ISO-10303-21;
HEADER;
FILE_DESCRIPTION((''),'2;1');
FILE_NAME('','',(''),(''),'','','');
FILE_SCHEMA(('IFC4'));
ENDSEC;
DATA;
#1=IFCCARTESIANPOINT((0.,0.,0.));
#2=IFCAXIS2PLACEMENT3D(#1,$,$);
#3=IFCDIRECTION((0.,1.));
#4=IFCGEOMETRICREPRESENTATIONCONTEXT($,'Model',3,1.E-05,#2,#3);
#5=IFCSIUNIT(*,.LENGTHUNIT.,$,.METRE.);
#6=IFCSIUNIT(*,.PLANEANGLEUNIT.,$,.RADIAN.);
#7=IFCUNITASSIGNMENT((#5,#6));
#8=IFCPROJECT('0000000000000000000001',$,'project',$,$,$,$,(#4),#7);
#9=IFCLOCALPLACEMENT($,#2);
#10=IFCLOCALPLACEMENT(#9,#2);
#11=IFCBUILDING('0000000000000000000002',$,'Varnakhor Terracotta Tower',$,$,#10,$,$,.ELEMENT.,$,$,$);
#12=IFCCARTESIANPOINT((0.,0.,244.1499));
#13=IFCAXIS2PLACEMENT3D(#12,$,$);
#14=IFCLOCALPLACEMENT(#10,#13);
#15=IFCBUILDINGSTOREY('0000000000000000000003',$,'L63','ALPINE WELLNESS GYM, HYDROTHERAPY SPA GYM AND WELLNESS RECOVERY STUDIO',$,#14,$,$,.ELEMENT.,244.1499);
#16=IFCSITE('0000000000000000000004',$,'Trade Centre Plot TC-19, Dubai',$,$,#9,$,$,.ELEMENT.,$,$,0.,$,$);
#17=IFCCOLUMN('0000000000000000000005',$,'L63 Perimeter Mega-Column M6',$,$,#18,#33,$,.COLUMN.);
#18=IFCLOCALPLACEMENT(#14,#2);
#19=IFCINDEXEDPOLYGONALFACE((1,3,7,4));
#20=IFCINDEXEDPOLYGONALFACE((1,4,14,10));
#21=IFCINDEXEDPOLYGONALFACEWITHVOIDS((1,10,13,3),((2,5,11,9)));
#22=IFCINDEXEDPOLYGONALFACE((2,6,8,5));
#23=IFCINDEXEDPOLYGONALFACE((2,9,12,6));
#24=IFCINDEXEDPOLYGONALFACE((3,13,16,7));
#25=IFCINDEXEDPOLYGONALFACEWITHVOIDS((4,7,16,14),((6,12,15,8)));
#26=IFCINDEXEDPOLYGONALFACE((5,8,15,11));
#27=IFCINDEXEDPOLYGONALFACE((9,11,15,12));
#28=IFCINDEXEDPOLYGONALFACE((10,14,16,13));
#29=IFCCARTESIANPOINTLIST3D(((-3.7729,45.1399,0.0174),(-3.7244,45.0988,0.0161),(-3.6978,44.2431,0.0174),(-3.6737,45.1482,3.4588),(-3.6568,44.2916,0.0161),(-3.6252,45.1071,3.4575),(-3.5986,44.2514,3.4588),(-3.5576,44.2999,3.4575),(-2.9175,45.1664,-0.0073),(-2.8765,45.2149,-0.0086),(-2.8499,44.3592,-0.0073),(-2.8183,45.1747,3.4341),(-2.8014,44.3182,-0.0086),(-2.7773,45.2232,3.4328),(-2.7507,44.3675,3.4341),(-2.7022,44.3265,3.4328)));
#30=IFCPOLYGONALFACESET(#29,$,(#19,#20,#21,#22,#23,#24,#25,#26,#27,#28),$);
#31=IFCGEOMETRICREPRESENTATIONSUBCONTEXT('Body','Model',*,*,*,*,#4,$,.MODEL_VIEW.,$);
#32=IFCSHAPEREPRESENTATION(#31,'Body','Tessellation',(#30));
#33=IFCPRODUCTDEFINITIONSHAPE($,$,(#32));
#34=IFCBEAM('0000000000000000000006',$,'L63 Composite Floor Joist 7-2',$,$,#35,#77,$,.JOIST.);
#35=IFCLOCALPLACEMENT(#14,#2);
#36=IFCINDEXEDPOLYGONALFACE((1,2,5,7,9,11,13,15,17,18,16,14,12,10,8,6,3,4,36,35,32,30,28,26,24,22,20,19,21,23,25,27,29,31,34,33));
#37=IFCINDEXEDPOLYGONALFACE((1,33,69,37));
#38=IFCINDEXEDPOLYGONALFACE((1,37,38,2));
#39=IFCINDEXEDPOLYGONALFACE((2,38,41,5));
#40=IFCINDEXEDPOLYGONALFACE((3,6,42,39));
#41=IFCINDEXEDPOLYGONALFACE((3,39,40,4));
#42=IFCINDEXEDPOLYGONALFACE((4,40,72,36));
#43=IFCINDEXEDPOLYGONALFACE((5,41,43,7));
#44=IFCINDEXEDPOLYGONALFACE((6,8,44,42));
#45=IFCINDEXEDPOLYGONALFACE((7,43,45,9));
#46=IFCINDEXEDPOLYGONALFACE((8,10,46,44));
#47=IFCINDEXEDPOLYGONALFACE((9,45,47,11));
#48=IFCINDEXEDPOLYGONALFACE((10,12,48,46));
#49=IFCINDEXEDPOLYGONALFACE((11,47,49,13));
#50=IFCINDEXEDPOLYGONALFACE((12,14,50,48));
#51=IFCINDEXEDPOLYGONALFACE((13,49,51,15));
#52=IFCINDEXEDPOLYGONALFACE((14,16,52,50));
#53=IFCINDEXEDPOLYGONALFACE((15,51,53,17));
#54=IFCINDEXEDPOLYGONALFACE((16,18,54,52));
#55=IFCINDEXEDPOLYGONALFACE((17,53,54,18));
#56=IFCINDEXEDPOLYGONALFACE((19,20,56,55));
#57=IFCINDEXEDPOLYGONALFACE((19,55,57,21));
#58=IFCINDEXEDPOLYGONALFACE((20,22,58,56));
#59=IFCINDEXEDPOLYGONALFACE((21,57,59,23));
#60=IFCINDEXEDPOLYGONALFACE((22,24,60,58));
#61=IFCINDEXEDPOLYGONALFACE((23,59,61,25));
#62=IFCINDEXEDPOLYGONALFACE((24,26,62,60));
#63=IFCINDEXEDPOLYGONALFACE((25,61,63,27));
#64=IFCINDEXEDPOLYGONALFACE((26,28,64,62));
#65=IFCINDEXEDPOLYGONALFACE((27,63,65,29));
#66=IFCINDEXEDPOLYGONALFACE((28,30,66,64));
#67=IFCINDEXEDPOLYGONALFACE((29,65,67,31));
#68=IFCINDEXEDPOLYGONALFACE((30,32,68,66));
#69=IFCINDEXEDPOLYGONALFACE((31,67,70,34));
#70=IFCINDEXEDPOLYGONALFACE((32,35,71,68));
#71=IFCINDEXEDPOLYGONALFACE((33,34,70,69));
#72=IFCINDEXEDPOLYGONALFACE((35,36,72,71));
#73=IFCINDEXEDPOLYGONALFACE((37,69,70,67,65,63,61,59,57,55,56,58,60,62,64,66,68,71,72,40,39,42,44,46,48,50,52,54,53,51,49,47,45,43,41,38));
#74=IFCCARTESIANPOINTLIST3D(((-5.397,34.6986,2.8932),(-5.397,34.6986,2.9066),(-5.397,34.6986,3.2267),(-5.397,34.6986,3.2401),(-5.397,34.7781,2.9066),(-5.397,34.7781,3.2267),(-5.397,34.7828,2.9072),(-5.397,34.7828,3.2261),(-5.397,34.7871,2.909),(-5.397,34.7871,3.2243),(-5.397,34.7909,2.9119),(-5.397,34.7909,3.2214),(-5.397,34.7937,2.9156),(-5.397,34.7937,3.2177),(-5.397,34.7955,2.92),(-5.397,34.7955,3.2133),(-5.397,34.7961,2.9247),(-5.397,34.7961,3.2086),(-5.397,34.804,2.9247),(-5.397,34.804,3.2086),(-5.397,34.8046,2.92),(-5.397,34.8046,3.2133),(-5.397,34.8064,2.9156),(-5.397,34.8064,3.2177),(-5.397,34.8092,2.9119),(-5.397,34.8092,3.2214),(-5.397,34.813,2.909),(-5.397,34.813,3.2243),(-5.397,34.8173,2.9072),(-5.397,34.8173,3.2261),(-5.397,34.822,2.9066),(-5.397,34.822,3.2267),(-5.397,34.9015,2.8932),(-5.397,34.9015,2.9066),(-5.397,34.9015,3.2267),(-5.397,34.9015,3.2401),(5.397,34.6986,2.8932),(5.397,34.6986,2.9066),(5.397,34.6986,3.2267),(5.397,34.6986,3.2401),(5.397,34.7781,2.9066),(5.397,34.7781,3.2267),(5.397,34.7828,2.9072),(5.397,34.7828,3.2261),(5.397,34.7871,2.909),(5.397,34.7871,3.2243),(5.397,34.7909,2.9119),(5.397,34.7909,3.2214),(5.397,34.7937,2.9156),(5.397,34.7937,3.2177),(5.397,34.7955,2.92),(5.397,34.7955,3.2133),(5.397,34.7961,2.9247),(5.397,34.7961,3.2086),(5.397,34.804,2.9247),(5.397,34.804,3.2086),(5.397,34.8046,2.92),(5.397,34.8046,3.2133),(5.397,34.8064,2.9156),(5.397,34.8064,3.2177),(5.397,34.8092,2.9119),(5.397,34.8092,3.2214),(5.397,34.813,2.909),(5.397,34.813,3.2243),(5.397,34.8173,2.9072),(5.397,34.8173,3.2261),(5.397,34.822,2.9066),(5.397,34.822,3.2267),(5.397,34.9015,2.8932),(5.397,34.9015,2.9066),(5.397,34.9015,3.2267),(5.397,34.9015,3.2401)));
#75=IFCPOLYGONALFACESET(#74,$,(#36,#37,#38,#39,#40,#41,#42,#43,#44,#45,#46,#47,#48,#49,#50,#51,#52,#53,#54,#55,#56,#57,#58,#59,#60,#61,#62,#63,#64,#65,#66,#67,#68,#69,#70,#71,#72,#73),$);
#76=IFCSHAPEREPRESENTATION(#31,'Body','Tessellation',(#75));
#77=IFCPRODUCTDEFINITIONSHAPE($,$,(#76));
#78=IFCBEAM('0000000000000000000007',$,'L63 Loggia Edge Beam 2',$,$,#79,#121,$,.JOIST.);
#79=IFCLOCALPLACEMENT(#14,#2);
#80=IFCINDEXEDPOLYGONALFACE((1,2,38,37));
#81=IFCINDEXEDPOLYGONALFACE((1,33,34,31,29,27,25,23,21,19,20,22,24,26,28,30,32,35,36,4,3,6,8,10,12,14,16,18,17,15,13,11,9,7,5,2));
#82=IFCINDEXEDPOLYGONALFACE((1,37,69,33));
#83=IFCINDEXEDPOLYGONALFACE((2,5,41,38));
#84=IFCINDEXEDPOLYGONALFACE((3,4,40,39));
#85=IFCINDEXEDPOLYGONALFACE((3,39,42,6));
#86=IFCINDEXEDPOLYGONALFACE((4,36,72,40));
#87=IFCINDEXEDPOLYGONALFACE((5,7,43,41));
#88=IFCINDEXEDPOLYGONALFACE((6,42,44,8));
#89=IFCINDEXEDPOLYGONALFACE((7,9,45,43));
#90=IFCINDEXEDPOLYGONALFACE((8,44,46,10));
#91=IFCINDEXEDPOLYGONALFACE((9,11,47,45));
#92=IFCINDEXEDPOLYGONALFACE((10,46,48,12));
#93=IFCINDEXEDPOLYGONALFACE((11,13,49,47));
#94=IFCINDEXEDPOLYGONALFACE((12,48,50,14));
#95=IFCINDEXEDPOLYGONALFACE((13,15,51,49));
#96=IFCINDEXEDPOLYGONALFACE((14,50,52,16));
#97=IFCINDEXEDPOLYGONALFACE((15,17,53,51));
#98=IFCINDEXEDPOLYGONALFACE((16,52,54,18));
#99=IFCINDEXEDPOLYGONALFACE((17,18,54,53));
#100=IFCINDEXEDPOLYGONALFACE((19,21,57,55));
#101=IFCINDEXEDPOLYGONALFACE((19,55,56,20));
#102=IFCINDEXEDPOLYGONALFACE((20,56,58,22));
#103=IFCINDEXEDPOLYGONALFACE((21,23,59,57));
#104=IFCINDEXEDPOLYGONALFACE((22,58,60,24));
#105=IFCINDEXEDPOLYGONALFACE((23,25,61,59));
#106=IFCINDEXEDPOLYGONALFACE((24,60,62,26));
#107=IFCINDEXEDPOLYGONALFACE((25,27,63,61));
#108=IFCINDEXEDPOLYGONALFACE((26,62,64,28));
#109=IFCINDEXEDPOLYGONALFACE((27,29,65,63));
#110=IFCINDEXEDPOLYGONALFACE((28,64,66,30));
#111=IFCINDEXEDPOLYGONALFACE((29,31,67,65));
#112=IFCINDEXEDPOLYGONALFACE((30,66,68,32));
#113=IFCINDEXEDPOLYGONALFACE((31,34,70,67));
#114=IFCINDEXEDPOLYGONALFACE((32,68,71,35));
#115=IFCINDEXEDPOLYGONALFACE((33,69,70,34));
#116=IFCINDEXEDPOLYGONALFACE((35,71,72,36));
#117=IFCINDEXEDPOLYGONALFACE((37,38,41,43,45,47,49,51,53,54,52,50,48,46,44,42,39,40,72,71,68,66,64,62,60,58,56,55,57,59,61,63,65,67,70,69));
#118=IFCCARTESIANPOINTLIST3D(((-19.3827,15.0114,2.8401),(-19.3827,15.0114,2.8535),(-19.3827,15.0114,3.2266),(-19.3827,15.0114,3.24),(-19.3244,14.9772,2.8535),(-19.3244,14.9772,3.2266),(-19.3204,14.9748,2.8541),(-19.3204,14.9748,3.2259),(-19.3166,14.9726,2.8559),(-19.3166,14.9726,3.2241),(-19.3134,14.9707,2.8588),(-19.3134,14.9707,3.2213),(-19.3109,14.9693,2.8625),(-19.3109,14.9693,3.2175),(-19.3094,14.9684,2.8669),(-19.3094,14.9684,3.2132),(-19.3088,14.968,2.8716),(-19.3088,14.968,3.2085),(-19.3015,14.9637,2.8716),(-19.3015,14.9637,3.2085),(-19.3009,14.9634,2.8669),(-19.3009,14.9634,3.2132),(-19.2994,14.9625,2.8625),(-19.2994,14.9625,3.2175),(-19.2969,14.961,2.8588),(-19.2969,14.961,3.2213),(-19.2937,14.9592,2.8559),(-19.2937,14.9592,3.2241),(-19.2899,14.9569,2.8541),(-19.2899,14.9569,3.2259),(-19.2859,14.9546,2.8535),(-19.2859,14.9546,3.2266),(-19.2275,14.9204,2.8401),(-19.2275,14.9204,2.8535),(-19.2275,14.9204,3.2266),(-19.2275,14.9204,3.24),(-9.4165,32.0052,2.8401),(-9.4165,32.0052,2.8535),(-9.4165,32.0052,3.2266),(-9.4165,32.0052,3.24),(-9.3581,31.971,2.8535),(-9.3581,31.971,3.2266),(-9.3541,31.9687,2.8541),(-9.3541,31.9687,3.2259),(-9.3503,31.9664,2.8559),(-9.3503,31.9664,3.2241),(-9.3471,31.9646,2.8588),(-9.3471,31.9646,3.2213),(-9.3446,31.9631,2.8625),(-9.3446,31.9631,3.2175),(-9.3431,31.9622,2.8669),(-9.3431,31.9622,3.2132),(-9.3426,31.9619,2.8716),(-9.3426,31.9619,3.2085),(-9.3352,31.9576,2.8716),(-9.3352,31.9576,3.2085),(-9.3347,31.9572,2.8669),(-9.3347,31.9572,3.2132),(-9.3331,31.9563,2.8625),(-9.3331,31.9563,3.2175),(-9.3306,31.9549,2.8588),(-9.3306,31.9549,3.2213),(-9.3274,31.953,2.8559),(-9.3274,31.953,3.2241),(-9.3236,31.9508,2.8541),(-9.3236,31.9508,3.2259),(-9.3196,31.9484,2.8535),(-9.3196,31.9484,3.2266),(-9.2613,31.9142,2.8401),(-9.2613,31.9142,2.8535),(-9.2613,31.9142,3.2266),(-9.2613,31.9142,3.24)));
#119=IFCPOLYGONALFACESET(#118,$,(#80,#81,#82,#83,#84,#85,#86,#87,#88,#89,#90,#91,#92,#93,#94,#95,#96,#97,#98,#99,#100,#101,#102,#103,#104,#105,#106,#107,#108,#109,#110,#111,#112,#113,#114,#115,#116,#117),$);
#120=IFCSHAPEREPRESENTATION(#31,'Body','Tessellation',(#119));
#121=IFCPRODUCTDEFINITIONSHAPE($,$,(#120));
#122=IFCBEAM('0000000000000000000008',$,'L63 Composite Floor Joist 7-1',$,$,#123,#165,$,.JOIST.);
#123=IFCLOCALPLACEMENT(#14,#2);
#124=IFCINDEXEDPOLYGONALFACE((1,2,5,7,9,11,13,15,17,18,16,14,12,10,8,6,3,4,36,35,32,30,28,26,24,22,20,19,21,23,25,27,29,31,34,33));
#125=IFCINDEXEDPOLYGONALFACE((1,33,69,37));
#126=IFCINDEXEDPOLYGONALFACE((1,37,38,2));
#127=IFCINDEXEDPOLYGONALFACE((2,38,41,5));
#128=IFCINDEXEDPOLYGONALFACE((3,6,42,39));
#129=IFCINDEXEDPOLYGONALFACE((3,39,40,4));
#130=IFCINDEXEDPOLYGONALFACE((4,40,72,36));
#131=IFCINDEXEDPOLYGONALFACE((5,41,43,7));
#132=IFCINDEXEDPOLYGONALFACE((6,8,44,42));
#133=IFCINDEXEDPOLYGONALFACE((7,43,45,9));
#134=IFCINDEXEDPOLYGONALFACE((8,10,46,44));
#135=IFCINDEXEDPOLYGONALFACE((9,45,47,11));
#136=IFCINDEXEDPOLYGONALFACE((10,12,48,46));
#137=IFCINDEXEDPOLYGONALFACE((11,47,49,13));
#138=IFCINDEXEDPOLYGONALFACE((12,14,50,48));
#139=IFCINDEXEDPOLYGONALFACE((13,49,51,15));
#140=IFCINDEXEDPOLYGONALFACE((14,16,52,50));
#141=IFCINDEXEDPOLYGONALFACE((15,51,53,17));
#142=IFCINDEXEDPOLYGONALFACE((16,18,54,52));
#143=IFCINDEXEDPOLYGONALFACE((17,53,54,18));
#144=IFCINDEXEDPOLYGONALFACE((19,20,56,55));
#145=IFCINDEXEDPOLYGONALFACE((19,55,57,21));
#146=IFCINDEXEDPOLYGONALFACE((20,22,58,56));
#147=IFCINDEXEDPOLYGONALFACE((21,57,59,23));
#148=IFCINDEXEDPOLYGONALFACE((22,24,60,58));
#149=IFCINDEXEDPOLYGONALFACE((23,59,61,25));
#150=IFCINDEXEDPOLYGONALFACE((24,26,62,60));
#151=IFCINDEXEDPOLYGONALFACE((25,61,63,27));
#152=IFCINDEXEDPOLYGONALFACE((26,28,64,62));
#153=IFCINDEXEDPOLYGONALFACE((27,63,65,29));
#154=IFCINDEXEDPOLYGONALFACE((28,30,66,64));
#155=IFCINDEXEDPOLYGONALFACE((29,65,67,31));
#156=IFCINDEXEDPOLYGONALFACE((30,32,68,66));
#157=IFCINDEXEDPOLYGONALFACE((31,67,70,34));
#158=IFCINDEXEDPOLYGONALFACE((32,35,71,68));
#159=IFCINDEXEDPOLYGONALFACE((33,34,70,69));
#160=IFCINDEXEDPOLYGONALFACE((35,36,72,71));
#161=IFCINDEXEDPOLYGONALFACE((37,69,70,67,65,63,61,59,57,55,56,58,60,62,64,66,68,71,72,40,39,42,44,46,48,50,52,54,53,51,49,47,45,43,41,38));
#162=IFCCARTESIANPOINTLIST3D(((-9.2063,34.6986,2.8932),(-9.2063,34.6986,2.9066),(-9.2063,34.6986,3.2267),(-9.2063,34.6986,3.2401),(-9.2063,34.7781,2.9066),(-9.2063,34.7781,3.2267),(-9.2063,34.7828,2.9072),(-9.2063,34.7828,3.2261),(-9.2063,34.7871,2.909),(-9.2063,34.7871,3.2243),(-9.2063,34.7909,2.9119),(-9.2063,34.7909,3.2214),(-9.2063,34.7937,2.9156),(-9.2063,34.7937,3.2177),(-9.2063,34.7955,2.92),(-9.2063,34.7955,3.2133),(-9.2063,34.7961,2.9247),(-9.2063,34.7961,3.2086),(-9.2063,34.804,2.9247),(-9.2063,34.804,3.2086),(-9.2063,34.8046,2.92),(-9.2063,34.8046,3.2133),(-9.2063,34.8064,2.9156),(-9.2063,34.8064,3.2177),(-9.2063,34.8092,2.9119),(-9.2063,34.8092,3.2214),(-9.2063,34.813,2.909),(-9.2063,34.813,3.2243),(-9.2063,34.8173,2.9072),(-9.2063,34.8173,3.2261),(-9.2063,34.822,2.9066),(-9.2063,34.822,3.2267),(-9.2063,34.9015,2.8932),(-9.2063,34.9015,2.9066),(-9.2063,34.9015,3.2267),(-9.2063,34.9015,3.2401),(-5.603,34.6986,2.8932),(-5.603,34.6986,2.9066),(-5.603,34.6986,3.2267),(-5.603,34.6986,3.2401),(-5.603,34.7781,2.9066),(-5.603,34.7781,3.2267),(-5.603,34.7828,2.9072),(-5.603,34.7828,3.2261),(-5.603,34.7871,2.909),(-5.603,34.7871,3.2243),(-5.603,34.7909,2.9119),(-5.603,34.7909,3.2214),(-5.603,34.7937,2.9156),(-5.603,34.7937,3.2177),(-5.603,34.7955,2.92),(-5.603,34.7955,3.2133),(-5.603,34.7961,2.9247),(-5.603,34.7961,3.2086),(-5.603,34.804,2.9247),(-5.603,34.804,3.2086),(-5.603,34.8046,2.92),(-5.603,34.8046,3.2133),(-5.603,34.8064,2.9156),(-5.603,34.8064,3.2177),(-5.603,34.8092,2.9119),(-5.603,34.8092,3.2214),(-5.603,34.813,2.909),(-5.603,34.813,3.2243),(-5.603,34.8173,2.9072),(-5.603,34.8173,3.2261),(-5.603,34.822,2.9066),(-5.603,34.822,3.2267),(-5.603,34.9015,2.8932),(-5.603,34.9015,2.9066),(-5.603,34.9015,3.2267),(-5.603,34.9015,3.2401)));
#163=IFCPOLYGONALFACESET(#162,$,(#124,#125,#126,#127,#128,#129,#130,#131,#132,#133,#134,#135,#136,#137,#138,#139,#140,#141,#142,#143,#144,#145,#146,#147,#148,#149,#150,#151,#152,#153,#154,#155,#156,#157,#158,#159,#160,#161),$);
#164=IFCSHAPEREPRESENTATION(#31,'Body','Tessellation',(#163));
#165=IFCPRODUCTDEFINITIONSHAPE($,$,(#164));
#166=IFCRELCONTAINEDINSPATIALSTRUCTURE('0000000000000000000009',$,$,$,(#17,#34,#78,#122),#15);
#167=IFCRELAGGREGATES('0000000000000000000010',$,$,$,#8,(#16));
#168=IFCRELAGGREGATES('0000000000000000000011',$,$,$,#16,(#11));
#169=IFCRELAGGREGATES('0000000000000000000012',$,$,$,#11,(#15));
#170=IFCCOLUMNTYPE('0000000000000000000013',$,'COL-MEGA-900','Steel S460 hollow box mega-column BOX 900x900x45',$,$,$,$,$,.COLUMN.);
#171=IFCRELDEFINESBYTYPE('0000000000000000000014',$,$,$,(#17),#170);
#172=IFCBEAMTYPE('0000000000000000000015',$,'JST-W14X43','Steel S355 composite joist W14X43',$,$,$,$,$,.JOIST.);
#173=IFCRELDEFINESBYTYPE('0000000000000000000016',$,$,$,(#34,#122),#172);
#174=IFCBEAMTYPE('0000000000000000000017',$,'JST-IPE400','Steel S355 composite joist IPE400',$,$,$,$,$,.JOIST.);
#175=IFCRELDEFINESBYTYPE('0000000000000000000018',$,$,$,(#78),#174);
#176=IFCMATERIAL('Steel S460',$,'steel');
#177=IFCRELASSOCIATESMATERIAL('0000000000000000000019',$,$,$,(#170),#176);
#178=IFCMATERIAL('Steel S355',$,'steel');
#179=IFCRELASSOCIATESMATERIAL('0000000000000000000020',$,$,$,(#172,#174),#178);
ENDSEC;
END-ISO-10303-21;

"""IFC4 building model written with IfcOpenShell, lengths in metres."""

from ifc_helpers import new_model, si_unit, direction, frame, origin, origin_2d, place, context, subcontext, project, spatial, hollow_rectangle, i_section, extrude, source, transform, mapped, material, material_profile, profile_set, type_object, element, save


model = new_model("IFC4")

# Units and contexts
model_context = context("Model", 3, precision=1e-05, world=origin(), true_north=direction((0.0, 1.0)))
body_context = subcontext(model_context, "Body", "Model", "MODEL_VIEW")
ifc_project = project(units=[si_unit("LENGTHUNIT", "METRE"), si_unit("PLANEANGLEUNIT", "RADIAN")], contexts=[model_context])

# Site, building, storey
site_placement = place(None, origin())
site = spatial("IfcSite", under=ifc_project, at=site_placement, Name="Trade Centre Plot TC-19, Dubai", CompositionType="ELEMENT", RefElevation=0.0)
building_placement = place(site_placement, origin())
building = spatial("IfcBuilding", under=site, at=building_placement, Name="Varnakhor Terracotta Tower", CompositionType="ELEMENT")
storey_placement = place(building_placement, frame((0.0, 0.0, 244.1499)))
storey = spatial("IfcBuildingStorey", under=building, at=storey_placement, Name="L63", Description="ALPINE WELLNESS GYM, HYDROTHERAPY SPA GYM AND WELLNESS RECOVERY STUDIO", CompositionType="ELEMENT", Elevation=244.1499)

# Column
ifc_material_1 = material(Name="Steel S460", Category="steel")
ifc_material_profile_1 = material_profile(ifc_material_1, hollow_rectangle(XDim=0.8999, YDim=0.8999, WallThickness=0.0449, at=origin_2d()), Name="BOX 900x900x45")
ifc_profile_set_1 = profile_set([ifc_material_profile_1], Name="Steel S460")
column_type = type_object("IfcColumnType", Name="COL-MEGA-900", Description="Steel S460 hollow box mega-column BOX 900x900x45", PredefinedType="COLUMN", material=ifc_profile_set_1)
shared_shape_1 = source(origin(), body_context, "Body", "SweptSolid", [
    extrude(hollow_rectangle(XDim=0.8999, YDim=0.8999, WallThickness=0.0449, at=origin_2d()), origin(), (0.0, 0.0, 1.0), 3.4429),
])
column_placement = place(storey_placement, frame((-3.2871, 44.729, 0.0044), z_axis=(0.02879, 0.002411, 0.999583), x_axis=(-0.083452, 0.996512, 0.0)))
element("IfcColumn", 1, at=column_placement, inside=storey, type_object=column_type, Name="L63 Perimeter Mega-Column M6", PredefinedType="COLUMN", context=body_context, shape_type="MappedRepresentation", body=[
    mapped(shared_shape_1, transform((0.0, 0.0, 0.0), scale=1.0)),
])

# Beams
ifc_material_2 = material(Name="Steel S355", Category="steel")
ifc_material_profile_2 = material_profile(ifc_material_2, i_section(OverallWidth=0.2029, OverallDepth=0.3469, WebThickness=0.0078, FlangeThickness=0.0134, FilletRadius=0.0181, at=origin_2d()), Name="W14X43")
ifc_profile_set_2 = profile_set([ifc_material_profile_2], Name="Steel S355")
beam_type_1 = type_object("IfcBeamType", Name="JST-W14X43", Description="Steel S355 composite joist W14X43", PredefinedType="JOIST", material=ifc_profile_set_2)
shared_shape_2 = source(origin(), body_context, "Body", "SweptSolid", [
    extrude(i_section(OverallWidth=0.2029, OverallDepth=0.3469, WebThickness=0.0078, FlangeThickness=0.0134, FilletRadius=0.0181, at=origin_2d()), origin(), (0.0, 0.0, 1.0), 10.7939),
])
beam_1_placement = place(storey_placement, frame((-5.397, 34.8, 3.0667), z_axis=(1.0, 0.0, 0.0), x_axis=(0.0, 1.0, 0.0)))
element("IfcBeam", 2, at=beam_1_placement, inside=storey, type_object=beam_type_1, Name="L63 Composite Floor Joist 7-2", PredefinedType="JOIST", context=body_context, shape_type="MappedRepresentation", body=[
    mapped(shared_shape_2, transform((0.0, 0.0, 0.0), scale=1.0)),
])
ifc_material_profile_3 = material_profile(ifc_material_2, i_section(OverallWidth=0.1799, OverallDepth=0.3999, WebThickness=0.0085, FlangeThickness=0.0134, FilletRadius=0.0181, at=origin_2d()), Name="IPE400")
ifc_profile_set_3 = profile_set([ifc_material_profile_3], Name="Steel S355")
beam_type_2 = type_object("IfcBeamType", Name="JST-IPE400", Description="Steel S355 composite joist IPE400", PredefinedType="JOIST", material=ifc_profile_set_3)
shared_shape_3 = source(origin(), body_context, "Body", "SweptSolid", [
    extrude(i_section(OverallWidth=0.1799, OverallDepth=0.3999, WebThickness=0.0085, FlangeThickness=0.0134, FilletRadius=0.0181, at=origin_2d()), origin(), (0.0, 0.0, 1.0), 19.7007),
])
beam_2_placement = place(storey_placement, frame((-9.3389, 31.9597, 3.04), z_axis=(-0.505885, -0.862601, 0.0), x_axis=(0.862601, -0.505885, 0.0)))
element("IfcBeam", 3, at=beam_2_placement, inside=storey, type_object=beam_type_2, Name="L63 Loggia Edge Beam 2", PredefinedType="JOIST", context=body_context, shape_type="MappedRepresentation", body=[
    mapped(shared_shape_3, transform((0.0, 0.0, 0.0), scale=1.0)),
])
shared_shape_4 = source(origin(), body_context, "Body", "SweptSolid", [
    extrude(i_section(OverallWidth=0.2029, OverallDepth=0.3469, WebThickness=0.0078, FlangeThickness=0.0134, FilletRadius=0.0181, at=origin_2d()), origin(), (0.0, 0.0, 1.0), 3.6033),
])
beam_3_placement = place(storey_placement, frame((-9.2063, 34.8, 3.0667), z_axis=(1.0, 0.0, 0.0), x_axis=(0.0, 1.0, 0.0)))
element("IfcBeam", 4, at=beam_3_placement, inside=storey, type_object=beam_type_1, Name="L63 Composite Floor Joist 7-1", PredefinedType="JOIST", context=body_context, shape_type="MappedRepresentation", body=[
    mapped(shared_shape_4, transform((0.0, 0.0, 0.0), scale=1.0)),
])

save(model, "model.ifc")
